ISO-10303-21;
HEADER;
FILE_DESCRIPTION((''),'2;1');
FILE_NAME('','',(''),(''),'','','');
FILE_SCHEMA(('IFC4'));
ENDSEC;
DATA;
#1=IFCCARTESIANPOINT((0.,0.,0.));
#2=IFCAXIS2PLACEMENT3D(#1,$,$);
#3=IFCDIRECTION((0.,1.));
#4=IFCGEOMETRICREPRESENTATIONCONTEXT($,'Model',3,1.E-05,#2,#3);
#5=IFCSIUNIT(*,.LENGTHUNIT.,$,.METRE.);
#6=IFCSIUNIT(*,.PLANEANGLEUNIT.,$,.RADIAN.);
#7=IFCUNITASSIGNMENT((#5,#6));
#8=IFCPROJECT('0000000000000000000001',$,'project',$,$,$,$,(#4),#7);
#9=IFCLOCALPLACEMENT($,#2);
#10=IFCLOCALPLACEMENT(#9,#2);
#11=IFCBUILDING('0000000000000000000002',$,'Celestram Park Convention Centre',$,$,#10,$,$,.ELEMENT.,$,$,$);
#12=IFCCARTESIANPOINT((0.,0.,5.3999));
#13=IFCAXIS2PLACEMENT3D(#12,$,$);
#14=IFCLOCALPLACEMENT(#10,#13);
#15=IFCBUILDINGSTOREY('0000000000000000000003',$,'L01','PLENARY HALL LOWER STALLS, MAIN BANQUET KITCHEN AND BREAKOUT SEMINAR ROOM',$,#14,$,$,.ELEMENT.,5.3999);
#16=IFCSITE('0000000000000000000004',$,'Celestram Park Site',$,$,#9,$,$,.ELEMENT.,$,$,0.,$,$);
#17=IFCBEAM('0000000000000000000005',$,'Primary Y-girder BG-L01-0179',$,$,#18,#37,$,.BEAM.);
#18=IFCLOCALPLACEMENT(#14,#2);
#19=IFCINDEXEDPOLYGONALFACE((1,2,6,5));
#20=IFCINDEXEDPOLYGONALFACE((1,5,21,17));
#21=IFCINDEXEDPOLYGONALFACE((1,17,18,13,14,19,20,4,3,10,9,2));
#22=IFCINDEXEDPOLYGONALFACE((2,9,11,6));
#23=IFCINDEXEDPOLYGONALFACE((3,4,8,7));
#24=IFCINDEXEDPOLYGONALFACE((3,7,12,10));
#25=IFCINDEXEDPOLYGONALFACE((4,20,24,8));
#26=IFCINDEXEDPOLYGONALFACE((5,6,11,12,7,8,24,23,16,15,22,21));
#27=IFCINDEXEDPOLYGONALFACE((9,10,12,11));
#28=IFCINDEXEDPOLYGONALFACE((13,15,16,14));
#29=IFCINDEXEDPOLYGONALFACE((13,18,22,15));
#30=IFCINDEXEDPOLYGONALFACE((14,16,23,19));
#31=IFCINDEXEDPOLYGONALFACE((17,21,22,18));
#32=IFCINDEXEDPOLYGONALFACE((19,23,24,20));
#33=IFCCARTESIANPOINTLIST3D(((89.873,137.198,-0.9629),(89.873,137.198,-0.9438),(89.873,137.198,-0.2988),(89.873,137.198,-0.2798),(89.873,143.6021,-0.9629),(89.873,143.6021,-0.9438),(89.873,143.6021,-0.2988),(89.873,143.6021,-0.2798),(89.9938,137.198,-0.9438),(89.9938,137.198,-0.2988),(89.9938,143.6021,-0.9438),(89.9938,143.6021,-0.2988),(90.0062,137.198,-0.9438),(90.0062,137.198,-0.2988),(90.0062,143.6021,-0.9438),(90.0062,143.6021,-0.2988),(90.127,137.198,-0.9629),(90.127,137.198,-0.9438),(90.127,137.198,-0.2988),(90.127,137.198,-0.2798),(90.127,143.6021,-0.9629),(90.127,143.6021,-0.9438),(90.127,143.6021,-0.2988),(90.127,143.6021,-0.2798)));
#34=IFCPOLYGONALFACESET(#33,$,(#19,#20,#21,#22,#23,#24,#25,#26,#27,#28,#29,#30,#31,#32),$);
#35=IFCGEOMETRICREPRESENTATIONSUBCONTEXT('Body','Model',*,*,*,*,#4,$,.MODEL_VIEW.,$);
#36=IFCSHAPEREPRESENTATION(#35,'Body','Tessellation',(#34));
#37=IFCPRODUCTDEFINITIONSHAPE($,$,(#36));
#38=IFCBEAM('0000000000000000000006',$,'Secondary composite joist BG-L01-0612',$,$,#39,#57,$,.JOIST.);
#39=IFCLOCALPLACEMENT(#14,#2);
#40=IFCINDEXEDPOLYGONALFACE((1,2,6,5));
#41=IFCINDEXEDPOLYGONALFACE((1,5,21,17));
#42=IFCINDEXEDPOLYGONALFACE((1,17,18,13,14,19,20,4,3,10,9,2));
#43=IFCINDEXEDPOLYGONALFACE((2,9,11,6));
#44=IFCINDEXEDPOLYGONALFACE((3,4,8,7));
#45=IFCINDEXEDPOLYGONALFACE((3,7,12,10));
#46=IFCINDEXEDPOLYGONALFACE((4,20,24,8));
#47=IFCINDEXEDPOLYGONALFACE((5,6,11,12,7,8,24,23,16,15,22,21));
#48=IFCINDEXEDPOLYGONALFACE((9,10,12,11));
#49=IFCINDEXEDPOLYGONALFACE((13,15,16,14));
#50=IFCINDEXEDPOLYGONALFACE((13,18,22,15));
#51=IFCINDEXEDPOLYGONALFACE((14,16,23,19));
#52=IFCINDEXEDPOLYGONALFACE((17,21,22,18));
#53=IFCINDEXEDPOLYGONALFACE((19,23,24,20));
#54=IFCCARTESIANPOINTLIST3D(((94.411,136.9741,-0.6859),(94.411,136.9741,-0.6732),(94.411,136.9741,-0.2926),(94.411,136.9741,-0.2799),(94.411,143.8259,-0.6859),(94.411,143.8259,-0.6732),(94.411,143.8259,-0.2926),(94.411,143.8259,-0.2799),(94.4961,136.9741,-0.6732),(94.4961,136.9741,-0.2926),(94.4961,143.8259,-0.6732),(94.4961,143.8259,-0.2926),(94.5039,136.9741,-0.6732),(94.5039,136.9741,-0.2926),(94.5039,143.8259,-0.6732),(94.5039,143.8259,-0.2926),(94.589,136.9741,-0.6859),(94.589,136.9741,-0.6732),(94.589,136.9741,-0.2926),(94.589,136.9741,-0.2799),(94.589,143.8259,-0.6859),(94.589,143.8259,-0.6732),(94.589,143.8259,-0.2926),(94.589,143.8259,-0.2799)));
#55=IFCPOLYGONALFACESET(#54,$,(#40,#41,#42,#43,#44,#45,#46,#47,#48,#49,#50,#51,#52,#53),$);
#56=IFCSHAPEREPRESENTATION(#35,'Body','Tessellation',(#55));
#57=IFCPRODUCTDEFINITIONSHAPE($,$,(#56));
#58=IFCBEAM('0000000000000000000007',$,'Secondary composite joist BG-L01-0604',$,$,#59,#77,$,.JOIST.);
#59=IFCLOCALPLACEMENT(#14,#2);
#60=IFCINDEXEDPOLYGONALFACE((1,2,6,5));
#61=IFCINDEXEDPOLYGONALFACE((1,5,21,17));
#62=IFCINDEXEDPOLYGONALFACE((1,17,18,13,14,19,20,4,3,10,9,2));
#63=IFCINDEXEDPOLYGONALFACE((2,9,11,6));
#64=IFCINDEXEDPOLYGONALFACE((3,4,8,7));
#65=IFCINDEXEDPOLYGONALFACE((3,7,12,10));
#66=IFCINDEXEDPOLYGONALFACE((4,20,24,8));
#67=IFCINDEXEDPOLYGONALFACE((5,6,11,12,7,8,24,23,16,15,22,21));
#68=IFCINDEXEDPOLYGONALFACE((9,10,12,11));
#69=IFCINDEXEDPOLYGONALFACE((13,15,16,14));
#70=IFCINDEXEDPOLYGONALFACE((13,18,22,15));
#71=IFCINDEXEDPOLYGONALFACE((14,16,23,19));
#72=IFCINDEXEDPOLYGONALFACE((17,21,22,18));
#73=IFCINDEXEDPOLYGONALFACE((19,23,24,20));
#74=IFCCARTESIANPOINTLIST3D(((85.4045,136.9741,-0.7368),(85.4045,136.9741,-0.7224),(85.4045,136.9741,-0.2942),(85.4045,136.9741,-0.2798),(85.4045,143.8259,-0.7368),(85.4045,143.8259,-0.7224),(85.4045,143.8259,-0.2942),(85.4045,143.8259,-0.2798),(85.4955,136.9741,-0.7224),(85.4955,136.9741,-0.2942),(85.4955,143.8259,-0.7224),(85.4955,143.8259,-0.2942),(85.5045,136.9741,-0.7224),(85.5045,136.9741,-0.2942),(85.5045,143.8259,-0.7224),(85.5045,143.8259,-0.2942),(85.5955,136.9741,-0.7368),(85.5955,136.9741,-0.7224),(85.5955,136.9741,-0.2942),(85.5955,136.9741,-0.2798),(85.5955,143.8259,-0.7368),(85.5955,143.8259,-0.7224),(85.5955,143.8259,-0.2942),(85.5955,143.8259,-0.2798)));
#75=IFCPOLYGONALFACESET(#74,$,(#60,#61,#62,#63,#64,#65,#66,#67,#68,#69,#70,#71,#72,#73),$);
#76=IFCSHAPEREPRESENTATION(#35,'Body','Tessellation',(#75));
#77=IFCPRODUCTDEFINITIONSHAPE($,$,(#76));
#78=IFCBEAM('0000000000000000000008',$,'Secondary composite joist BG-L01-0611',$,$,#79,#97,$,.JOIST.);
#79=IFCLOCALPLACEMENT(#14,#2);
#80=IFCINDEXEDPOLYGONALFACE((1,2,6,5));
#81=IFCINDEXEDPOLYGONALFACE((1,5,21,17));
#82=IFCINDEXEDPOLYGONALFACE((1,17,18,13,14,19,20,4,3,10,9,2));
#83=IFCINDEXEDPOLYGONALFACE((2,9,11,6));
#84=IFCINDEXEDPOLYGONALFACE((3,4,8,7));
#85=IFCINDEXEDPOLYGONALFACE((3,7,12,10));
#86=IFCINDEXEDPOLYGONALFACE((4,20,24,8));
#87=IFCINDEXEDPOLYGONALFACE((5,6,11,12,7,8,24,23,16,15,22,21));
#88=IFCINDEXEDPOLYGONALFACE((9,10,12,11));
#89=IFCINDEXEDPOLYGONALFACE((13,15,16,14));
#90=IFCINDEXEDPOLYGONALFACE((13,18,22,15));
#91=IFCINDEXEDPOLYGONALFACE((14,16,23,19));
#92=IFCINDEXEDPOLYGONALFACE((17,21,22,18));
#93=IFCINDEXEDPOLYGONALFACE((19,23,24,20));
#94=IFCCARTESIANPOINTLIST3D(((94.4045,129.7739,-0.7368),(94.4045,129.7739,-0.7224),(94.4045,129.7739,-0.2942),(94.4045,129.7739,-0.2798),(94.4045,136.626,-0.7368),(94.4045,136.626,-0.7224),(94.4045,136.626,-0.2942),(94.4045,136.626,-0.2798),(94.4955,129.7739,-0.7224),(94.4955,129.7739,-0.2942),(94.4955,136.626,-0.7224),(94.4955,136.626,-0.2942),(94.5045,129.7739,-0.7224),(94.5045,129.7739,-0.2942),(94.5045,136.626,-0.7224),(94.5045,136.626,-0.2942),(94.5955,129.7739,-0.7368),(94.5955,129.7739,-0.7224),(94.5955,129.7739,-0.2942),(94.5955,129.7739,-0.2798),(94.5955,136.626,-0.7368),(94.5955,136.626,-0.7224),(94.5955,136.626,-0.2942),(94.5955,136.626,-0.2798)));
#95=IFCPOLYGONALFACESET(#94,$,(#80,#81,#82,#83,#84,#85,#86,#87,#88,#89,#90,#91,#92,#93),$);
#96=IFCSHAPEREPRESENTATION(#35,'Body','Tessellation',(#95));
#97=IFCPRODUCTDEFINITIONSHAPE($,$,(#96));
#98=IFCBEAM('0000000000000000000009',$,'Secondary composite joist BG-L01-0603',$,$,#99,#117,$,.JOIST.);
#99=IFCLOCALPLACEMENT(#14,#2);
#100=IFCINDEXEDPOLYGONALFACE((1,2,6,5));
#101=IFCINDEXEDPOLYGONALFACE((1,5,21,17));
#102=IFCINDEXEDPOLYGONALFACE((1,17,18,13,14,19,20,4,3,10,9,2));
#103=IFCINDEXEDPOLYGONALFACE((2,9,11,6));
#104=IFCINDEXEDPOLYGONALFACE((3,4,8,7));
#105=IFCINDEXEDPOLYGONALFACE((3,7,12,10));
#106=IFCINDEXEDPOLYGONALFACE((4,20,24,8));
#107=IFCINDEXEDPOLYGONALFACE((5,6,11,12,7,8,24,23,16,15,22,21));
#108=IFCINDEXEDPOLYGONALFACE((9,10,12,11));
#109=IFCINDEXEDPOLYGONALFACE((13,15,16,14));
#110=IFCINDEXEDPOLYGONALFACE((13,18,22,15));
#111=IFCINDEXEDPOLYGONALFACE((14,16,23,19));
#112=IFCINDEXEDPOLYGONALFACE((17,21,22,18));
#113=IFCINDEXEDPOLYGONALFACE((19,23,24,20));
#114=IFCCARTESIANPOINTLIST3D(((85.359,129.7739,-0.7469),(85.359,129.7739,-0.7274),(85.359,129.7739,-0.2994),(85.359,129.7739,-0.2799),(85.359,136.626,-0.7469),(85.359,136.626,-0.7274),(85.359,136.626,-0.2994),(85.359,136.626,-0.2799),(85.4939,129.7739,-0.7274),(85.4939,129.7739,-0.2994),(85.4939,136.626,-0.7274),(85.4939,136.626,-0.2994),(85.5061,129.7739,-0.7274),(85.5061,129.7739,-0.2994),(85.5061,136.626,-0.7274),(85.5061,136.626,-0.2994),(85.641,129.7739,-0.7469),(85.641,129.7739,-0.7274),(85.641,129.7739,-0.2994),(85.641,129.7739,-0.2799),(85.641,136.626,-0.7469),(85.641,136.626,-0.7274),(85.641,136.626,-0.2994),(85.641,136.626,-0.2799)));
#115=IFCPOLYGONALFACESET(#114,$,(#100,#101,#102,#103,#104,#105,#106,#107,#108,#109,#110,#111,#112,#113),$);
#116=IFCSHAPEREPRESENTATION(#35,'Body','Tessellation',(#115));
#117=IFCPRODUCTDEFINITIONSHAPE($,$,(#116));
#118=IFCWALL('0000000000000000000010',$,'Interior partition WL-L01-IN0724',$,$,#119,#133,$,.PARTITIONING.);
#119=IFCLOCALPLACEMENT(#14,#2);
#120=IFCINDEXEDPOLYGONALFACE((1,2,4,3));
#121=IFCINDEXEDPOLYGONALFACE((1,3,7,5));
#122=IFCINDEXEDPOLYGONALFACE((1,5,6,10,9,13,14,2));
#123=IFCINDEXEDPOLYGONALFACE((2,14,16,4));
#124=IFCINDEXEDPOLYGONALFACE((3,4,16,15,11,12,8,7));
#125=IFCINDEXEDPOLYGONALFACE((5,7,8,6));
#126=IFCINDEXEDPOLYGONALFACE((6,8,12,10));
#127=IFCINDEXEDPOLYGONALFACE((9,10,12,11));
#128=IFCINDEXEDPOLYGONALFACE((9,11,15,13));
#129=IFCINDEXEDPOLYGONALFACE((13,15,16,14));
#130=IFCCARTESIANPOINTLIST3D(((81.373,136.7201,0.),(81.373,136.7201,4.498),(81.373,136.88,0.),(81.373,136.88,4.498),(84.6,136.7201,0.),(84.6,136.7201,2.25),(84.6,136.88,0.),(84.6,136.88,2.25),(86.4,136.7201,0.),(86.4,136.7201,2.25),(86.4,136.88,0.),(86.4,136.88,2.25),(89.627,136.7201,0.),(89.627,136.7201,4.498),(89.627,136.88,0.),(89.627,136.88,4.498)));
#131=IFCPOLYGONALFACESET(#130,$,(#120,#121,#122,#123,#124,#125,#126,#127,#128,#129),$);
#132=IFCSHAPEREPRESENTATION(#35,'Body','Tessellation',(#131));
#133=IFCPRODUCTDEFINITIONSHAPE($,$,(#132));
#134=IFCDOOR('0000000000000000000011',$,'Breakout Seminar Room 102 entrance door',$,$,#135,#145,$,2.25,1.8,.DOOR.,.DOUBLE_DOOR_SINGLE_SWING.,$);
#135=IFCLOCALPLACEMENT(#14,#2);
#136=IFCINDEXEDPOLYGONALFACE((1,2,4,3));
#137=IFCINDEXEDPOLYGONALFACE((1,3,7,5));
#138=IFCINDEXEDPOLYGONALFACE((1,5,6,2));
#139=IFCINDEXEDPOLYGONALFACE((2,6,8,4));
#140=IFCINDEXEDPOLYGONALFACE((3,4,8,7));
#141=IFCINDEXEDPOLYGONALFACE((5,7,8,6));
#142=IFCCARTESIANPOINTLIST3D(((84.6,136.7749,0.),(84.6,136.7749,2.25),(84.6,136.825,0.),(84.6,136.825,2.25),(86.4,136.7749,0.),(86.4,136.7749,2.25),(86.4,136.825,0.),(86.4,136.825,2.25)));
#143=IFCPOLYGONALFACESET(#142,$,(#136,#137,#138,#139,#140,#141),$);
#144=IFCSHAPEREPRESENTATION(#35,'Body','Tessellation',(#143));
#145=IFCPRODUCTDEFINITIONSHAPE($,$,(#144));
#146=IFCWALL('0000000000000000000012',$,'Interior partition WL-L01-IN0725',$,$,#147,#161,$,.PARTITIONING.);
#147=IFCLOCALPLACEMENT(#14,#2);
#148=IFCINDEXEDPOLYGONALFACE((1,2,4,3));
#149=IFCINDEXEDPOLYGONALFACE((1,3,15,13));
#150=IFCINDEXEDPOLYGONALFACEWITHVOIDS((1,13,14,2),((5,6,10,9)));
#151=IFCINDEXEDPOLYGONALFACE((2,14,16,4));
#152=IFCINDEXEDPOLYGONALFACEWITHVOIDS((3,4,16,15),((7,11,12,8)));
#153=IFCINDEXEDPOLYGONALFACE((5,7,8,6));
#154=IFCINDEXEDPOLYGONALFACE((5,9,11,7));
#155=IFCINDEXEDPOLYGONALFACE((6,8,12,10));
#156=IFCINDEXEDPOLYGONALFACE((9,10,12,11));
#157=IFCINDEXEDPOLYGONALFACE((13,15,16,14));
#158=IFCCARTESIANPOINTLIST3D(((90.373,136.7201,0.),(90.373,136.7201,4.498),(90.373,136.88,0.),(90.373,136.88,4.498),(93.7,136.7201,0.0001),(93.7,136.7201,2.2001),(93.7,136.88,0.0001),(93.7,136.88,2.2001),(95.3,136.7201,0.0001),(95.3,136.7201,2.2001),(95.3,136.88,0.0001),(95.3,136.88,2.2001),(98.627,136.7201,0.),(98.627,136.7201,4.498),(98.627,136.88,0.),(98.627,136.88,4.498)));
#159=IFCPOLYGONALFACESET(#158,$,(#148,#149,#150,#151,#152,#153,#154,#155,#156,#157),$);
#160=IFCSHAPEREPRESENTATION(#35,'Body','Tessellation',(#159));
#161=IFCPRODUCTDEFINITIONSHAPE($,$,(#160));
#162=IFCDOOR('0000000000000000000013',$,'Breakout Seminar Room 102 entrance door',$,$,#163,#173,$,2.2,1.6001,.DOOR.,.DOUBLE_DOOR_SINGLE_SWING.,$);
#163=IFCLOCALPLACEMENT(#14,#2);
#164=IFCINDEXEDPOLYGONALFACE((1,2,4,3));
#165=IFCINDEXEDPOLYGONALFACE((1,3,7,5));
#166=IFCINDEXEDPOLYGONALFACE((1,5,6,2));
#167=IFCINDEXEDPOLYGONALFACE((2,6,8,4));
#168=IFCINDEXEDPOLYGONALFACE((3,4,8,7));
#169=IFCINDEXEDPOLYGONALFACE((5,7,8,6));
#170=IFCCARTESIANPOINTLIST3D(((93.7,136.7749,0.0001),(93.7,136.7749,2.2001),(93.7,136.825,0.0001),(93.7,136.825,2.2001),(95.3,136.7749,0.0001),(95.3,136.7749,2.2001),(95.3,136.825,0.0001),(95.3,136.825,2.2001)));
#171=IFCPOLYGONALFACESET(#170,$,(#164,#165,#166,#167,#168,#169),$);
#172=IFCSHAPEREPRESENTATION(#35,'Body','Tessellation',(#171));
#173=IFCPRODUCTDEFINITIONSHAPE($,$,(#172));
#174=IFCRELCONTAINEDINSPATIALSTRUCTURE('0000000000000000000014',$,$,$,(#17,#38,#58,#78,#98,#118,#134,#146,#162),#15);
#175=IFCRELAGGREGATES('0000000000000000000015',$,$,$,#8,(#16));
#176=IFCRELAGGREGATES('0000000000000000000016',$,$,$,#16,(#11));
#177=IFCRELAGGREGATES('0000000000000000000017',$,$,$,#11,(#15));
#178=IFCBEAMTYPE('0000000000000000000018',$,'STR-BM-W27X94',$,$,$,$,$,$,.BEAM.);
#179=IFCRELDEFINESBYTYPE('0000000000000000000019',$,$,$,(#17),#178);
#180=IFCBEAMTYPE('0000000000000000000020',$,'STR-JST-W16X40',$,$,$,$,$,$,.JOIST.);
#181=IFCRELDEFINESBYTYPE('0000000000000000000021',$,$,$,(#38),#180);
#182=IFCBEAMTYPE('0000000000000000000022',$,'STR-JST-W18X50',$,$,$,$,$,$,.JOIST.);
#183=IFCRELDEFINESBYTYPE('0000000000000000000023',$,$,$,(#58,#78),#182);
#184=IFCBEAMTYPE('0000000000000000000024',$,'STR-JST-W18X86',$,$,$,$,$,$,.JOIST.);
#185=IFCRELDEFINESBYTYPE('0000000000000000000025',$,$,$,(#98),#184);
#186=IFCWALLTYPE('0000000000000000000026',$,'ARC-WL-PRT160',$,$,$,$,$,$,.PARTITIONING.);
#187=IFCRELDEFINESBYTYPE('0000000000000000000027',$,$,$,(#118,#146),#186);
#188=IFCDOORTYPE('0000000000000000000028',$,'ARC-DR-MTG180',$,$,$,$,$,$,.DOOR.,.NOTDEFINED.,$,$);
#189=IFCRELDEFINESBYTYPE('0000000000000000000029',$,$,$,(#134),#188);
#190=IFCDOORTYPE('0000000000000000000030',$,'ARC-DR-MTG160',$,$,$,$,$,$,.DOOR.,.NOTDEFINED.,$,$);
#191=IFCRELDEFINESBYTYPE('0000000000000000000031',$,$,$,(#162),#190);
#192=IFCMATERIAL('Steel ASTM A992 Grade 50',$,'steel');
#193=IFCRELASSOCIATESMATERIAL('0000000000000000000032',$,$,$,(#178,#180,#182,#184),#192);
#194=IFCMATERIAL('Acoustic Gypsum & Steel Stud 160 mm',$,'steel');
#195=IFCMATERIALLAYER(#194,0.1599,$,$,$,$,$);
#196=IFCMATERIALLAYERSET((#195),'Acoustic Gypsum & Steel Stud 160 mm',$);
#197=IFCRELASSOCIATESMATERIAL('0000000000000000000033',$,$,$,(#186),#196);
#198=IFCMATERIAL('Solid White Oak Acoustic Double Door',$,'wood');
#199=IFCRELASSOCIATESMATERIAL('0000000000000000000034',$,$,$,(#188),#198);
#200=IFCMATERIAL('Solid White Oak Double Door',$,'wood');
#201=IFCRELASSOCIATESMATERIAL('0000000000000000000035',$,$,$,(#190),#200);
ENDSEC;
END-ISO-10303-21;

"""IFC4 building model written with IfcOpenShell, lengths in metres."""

from ifc_helpers import new_model, si_unit, direction, frame, frame_2d, origin, origin_2d, place, context, subcontext, project, spatial, rectangle, i_section, extrude, material, layer, layer_set, material_profile, profile_set, type_object, element, fill, save


model = new_model("IFC4")

# Units and contexts
model_context = context("Model", 3, precision=1e-05, world=origin(), true_north=direction((0.0, 1.0)))
body_context = subcontext(model_context, "Body", "Model", "MODEL_VIEW")
ifc_project = project(units=[si_unit("LENGTHUNIT", "METRE"), si_unit("PLANEANGLEUNIT", "RADIAN")], contexts=[model_context])

# Site, building, storey
site_placement = place(None, origin())
site = spatial("IfcSite", under=ifc_project, at=site_placement, Name="Celestram Park Site", CompositionType="ELEMENT", RefElevation=0.0)
building_placement = place(site_placement, origin())
building = spatial("IfcBuilding", under=site, at=building_placement, Name="Celestram Park Convention Centre", CompositionType="ELEMENT")
storey_placement = place(building_placement, frame((0.0, 0.0, 5.3999)))
storey = spatial("IfcBuildingStorey", under=building, at=storey_placement, Name="L01", Description="PLENARY HALL LOWER STALLS, MAIN BANQUET KITCHEN AND BREAKOUT SEMINAR ROOM", CompositionType="ELEMENT", Elevation=5.3999)

# Beams
ifc_material_1 = material(Name="Steel ASTM A992 Grade 50", Category="steel")
ifc_material_profile_1 = material_profile(ifc_material_1, i_section(OverallWidth=0.2539, OverallDepth=0.6831, WebThickness=0.0125, FlangeThickness=0.019, at=origin_2d()), Name="W27X94")
ifc_profile_set_1 = profile_set([ifc_material_profile_1], Name="Steel ASTM A992 Grade 50")
beam_type_1 = type_object("IfcBeamType", Name="STR-BM-W27X94", PredefinedType="BEAM", material=ifc_profile_set_1)
for number, where, z_axis, x_axis, name in (
    (1, (90.0, 137.198, -0.6213), (0.0, 1.0, 0.0), (-1.0, 0.0, 0.0), "Primary Y-girder BG-L01-0179"),
):
    element("IfcBeam", number, at=place(storey_placement, frame(where, z_axis=z_axis, x_axis=x_axis)), inside=storey, type_object=beam_type_1, Name=name, PredefinedType="BEAM", context=body_context, shape_type="SweptSolid", body=[
        extrude(i_section(OverallWidth=0.2539, OverallDepth=0.6831, WebThickness=0.0125, FlangeThickness=0.019, at=origin_2d()), origin(), (0.0, 0.0, 1.0), 6.4041),
    ])
ifc_material_profile_2 = material_profile(ifc_material_1, i_section(OverallWidth=0.178, OverallDepth=0.406, WebThickness=0.0078, FlangeThickness=0.0127, at=origin_2d()), Name="W16X40")
ifc_profile_set_2 = profile_set([ifc_material_profile_2], Name="Steel ASTM A992 Grade 50")
beam_type_2 = type_object("IfcBeamType", Name="STR-JST-W16X40", PredefinedType="JOIST", material=ifc_profile_set_2)
beam_1_placement = place(storey_placement, frame((94.5, 136.9741, -0.4829), z_axis=(0.0, 1.0, 0.0), x_axis=(-1.0, 0.0, 0.0)))
element("IfcBeam", 2, at=beam_1_placement, inside=storey, type_object=beam_type_2, Name="Secondary composite joist BG-L01-0612", PredefinedType="JOIST", context=body_context, shape_type="SweptSolid", body=[
    extrude(i_section(OverallWidth=0.178, OverallDepth=0.406, WebThickness=0.0078, FlangeThickness=0.0127, at=origin_2d()), origin(), (0.0, 0.0, 1.0), 6.8518),
])
ifc_material_profile_3 = material_profile(ifc_material_1, i_section(OverallWidth=0.1909, OverallDepth=0.457, WebThickness=0.009, FlangeThickness=0.0144, at=origin_2d()), Name="W18X50")
ifc_profile_set_3 = profile_set([ifc_material_profile_3], Name="Steel ASTM A992 Grade 50")
beam_type_3 = type_object("IfcBeamType", Name="STR-JST-W18X50", PredefinedType="JOIST", material=ifc_profile_set_3)
beam_2_placement = place(storey_placement, frame((85.5, 136.9741, -0.5083), z_axis=(0.0, 1.0, 0.0), x_axis=(-1.0, 0.0, 0.0)))
element("IfcBeam", 3, at=beam_2_placement, inside=storey, type_object=beam_type_3, Name="Secondary composite joist BG-L01-0604", PredefinedType="JOIST", context=body_context, shape_type="SweptSolid", body=[
    extrude(i_section(OverallWidth=0.1909, OverallDepth=0.457, WebThickness=0.009, FlangeThickness=0.0144, at=origin_2d()), origin(), (0.0, 0.0, 1.0), 6.8518),
])
beam_3_placement = place(storey_placement, frame((94.5, 129.7739, -0.5083), z_axis=(0.0, 1.0, 0.0), x_axis=(-1.0, 0.0, 0.0)))
element("IfcBeam", 4, at=beam_3_placement, inside=storey, type_object=beam_type_3, Name="Secondary composite joist BG-L01-0611", PredefinedType="JOIST", context=body_context, shape_type="SweptSolid", body=[
    extrude(i_section(OverallWidth=0.1909, OverallDepth=0.457, WebThickness=0.009, FlangeThickness=0.0144, at=origin_2d()), origin(), (0.0, 0.0, 1.0), 6.8521),
])
ifc_material_profile_4 = material_profile(ifc_material_1, i_section(OverallWidth=0.282, OverallDepth=0.467, WebThickness=0.0122, FlangeThickness=0.0195, at=origin_2d()), Name="W18X86")
ifc_profile_set_4 = profile_set([ifc_material_profile_4], Name="Steel ASTM A992 Grade 50")
beam_type_4 = type_object("IfcBeamType", Name="STR-JST-W18X86", PredefinedType="JOIST", material=ifc_profile_set_4)
beam_4_placement = place(storey_placement, frame((85.5, 129.7739, -0.5134), z_axis=(0.0, 1.0, 0.0), x_axis=(-1.0, 0.0, 0.0)))
element("IfcBeam", 5, at=beam_4_placement, inside=storey, type_object=beam_type_4, Name="Secondary composite joist BG-L01-0603", PredefinedType="JOIST", context=body_context, shape_type="SweptSolid", body=[
    extrude(i_section(OverallWidth=0.282, OverallDepth=0.467, WebThickness=0.0122, FlangeThickness=0.0195, at=origin_2d()), origin(), (0.0, 0.0, 1.0), 6.8521),
])

# Walls, openings, doors
ifc_material_2 = material(Name="Acoustic Gypsum & Steel Stud 160 mm", Category="steel")
ifc_layer = layer(ifc_material_2, 0.1599)
ifc_layer_set = layer_set([ifc_layer], Name="Acoustic Gypsum & Steel Stud 160 mm")
wall_type = type_object("IfcWallType", Name="ARC-WL-PRT160", PredefinedType="PARTITIONING", material=ifc_layer_set)
wall_1_placement = place(storey_placement, frame((81.373, 136.8, 0.0), z_axis=(0.0, 0.0, 1.0), x_axis=(1.0, 0.0, 0.0)))
wall_1 = element("IfcWall", 6, at=wall_1_placement, inside=storey, type_object=wall_type, Name="Interior partition WL-L01-IN0724", PredefinedType="PARTITIONING", context=body_context, shape_type="SweptSolid", body=[
    extrude(rectangle(XDim=8.2539, YDim=0.1599, at=frame_2d((4.127, 0.0))), origin(), (0.0, 0.0, 1.0), 4.498),
])
opening_1_placement = place(wall_1_placement, frame((3.2271, 0.0, 0.0)))
opening_1 = element("IfcOpeningElement", 7, at=opening_1_placement, cuts=wall_1, PredefinedType="OPENING", context=body_context, shape_type="SweptSolid", body=[
    extrude(rectangle(XDim=1.8, YDim=2.25, at=frame_2d((0.8999, 1.125))), frame((0.0, 0.0898, 0.0), z_axis=(0.0, -1.0, 0.0), x_axis=(1.0, 0.0, 0.0)), (0.0, 0.0, 1.0), 0.1799),
])
ifc_material_3 = material(Name="Solid White Oak Acoustic Double Door", Category="wood")
door_type_1 = type_object("IfcDoorType", Name="ARC-DR-MTG180", OperationType="NOTDEFINED", PredefinedType="DOOR", material=ifc_material_3)
door_1_placement = place(opening_1_placement, origin())
door_1 = element("IfcDoor", 8, at=door_1_placement, inside=storey, type_object=door_type_1, Name="Breakout Seminar Room 102 entrance door", OperationType="DOUBLE_DOOR_SINGLE_SWING", OverallHeight=2.25, OverallWidth=1.8, PredefinedType="DOOR", context=body_context, shape_type="SweptSolid", body=[
    extrude(rectangle(XDim=1.8, YDim=2.25, at=frame_2d((0.8999, 1.125))), frame((0.0, 0.0249, 0.0), z_axis=(0.0, -1.0, 0.0), x_axis=(1.0, 0.0, 0.0)), (0.0, 0.0, 1.0), 0.05),
])
fill(opening_1, door_1)
wall_2_placement = place(storey_placement, frame((90.373, 136.8, 0.0), z_axis=(0.0, 0.0, 1.0), x_axis=(1.0, 0.0, 0.0)))
wall_2 = element("IfcWall", 9, at=wall_2_placement, inside=storey, type_object=wall_type, Name="Interior partition WL-L01-IN0725", PredefinedType="PARTITIONING", context=body_context, shape_type="SweptSolid", body=[
    extrude(rectangle(XDim=8.2539, YDim=0.1599, at=frame_2d((4.127, 0.0))), origin(), (0.0, 0.0, 1.0), 4.498),
])
opening_2_placement = place(wall_2_placement, frame((3.3269, 0.0, 0.0)))
opening_2 = element("IfcOpeningElement", 10, at=opening_2_placement, cuts=wall_2, PredefinedType="OPENING", context=body_context, shape_type="SweptSolid", body=[
    extrude(rectangle(XDim=1.6001, YDim=2.2, at=frame_2d((0.8, 1.1001))), frame((0.0, 0.0898, 0.0), z_axis=(0.0, -1.0, 0.0), x_axis=(1.0, 0.0, 0.0)), (0.0, 0.0, 1.0), 0.1799),
])
ifc_material_4 = material(Name="Solid White Oak Double Door", Category="wood")
door_type_2 = type_object("IfcDoorType", Name="ARC-DR-MTG160", OperationType="NOTDEFINED", PredefinedType="DOOR", material=ifc_material_4)
door_2_placement = place(opening_2_placement, origin())
door_2 = element("IfcDoor", 11, at=door_2_placement, inside=storey, type_object=door_type_2, Name="Breakout Seminar Room 102 entrance door", OperationType="DOUBLE_DOOR_SINGLE_SWING", OverallHeight=2.2, OverallWidth=1.6001, PredefinedType="DOOR", context=body_context, shape_type="SweptSolid", body=[
    extrude(rectangle(XDim=1.6001, YDim=2.2, at=frame_2d((0.8, 1.1001))), frame((0.0, 0.0249, 0.0), z_axis=(0.0, -1.0, 0.0), x_axis=(1.0, 0.0, 0.0)), (0.0, 0.0, 1.0), 0.05),
])
fill(opening_2, door_2)

save(model, "model.ifc")
